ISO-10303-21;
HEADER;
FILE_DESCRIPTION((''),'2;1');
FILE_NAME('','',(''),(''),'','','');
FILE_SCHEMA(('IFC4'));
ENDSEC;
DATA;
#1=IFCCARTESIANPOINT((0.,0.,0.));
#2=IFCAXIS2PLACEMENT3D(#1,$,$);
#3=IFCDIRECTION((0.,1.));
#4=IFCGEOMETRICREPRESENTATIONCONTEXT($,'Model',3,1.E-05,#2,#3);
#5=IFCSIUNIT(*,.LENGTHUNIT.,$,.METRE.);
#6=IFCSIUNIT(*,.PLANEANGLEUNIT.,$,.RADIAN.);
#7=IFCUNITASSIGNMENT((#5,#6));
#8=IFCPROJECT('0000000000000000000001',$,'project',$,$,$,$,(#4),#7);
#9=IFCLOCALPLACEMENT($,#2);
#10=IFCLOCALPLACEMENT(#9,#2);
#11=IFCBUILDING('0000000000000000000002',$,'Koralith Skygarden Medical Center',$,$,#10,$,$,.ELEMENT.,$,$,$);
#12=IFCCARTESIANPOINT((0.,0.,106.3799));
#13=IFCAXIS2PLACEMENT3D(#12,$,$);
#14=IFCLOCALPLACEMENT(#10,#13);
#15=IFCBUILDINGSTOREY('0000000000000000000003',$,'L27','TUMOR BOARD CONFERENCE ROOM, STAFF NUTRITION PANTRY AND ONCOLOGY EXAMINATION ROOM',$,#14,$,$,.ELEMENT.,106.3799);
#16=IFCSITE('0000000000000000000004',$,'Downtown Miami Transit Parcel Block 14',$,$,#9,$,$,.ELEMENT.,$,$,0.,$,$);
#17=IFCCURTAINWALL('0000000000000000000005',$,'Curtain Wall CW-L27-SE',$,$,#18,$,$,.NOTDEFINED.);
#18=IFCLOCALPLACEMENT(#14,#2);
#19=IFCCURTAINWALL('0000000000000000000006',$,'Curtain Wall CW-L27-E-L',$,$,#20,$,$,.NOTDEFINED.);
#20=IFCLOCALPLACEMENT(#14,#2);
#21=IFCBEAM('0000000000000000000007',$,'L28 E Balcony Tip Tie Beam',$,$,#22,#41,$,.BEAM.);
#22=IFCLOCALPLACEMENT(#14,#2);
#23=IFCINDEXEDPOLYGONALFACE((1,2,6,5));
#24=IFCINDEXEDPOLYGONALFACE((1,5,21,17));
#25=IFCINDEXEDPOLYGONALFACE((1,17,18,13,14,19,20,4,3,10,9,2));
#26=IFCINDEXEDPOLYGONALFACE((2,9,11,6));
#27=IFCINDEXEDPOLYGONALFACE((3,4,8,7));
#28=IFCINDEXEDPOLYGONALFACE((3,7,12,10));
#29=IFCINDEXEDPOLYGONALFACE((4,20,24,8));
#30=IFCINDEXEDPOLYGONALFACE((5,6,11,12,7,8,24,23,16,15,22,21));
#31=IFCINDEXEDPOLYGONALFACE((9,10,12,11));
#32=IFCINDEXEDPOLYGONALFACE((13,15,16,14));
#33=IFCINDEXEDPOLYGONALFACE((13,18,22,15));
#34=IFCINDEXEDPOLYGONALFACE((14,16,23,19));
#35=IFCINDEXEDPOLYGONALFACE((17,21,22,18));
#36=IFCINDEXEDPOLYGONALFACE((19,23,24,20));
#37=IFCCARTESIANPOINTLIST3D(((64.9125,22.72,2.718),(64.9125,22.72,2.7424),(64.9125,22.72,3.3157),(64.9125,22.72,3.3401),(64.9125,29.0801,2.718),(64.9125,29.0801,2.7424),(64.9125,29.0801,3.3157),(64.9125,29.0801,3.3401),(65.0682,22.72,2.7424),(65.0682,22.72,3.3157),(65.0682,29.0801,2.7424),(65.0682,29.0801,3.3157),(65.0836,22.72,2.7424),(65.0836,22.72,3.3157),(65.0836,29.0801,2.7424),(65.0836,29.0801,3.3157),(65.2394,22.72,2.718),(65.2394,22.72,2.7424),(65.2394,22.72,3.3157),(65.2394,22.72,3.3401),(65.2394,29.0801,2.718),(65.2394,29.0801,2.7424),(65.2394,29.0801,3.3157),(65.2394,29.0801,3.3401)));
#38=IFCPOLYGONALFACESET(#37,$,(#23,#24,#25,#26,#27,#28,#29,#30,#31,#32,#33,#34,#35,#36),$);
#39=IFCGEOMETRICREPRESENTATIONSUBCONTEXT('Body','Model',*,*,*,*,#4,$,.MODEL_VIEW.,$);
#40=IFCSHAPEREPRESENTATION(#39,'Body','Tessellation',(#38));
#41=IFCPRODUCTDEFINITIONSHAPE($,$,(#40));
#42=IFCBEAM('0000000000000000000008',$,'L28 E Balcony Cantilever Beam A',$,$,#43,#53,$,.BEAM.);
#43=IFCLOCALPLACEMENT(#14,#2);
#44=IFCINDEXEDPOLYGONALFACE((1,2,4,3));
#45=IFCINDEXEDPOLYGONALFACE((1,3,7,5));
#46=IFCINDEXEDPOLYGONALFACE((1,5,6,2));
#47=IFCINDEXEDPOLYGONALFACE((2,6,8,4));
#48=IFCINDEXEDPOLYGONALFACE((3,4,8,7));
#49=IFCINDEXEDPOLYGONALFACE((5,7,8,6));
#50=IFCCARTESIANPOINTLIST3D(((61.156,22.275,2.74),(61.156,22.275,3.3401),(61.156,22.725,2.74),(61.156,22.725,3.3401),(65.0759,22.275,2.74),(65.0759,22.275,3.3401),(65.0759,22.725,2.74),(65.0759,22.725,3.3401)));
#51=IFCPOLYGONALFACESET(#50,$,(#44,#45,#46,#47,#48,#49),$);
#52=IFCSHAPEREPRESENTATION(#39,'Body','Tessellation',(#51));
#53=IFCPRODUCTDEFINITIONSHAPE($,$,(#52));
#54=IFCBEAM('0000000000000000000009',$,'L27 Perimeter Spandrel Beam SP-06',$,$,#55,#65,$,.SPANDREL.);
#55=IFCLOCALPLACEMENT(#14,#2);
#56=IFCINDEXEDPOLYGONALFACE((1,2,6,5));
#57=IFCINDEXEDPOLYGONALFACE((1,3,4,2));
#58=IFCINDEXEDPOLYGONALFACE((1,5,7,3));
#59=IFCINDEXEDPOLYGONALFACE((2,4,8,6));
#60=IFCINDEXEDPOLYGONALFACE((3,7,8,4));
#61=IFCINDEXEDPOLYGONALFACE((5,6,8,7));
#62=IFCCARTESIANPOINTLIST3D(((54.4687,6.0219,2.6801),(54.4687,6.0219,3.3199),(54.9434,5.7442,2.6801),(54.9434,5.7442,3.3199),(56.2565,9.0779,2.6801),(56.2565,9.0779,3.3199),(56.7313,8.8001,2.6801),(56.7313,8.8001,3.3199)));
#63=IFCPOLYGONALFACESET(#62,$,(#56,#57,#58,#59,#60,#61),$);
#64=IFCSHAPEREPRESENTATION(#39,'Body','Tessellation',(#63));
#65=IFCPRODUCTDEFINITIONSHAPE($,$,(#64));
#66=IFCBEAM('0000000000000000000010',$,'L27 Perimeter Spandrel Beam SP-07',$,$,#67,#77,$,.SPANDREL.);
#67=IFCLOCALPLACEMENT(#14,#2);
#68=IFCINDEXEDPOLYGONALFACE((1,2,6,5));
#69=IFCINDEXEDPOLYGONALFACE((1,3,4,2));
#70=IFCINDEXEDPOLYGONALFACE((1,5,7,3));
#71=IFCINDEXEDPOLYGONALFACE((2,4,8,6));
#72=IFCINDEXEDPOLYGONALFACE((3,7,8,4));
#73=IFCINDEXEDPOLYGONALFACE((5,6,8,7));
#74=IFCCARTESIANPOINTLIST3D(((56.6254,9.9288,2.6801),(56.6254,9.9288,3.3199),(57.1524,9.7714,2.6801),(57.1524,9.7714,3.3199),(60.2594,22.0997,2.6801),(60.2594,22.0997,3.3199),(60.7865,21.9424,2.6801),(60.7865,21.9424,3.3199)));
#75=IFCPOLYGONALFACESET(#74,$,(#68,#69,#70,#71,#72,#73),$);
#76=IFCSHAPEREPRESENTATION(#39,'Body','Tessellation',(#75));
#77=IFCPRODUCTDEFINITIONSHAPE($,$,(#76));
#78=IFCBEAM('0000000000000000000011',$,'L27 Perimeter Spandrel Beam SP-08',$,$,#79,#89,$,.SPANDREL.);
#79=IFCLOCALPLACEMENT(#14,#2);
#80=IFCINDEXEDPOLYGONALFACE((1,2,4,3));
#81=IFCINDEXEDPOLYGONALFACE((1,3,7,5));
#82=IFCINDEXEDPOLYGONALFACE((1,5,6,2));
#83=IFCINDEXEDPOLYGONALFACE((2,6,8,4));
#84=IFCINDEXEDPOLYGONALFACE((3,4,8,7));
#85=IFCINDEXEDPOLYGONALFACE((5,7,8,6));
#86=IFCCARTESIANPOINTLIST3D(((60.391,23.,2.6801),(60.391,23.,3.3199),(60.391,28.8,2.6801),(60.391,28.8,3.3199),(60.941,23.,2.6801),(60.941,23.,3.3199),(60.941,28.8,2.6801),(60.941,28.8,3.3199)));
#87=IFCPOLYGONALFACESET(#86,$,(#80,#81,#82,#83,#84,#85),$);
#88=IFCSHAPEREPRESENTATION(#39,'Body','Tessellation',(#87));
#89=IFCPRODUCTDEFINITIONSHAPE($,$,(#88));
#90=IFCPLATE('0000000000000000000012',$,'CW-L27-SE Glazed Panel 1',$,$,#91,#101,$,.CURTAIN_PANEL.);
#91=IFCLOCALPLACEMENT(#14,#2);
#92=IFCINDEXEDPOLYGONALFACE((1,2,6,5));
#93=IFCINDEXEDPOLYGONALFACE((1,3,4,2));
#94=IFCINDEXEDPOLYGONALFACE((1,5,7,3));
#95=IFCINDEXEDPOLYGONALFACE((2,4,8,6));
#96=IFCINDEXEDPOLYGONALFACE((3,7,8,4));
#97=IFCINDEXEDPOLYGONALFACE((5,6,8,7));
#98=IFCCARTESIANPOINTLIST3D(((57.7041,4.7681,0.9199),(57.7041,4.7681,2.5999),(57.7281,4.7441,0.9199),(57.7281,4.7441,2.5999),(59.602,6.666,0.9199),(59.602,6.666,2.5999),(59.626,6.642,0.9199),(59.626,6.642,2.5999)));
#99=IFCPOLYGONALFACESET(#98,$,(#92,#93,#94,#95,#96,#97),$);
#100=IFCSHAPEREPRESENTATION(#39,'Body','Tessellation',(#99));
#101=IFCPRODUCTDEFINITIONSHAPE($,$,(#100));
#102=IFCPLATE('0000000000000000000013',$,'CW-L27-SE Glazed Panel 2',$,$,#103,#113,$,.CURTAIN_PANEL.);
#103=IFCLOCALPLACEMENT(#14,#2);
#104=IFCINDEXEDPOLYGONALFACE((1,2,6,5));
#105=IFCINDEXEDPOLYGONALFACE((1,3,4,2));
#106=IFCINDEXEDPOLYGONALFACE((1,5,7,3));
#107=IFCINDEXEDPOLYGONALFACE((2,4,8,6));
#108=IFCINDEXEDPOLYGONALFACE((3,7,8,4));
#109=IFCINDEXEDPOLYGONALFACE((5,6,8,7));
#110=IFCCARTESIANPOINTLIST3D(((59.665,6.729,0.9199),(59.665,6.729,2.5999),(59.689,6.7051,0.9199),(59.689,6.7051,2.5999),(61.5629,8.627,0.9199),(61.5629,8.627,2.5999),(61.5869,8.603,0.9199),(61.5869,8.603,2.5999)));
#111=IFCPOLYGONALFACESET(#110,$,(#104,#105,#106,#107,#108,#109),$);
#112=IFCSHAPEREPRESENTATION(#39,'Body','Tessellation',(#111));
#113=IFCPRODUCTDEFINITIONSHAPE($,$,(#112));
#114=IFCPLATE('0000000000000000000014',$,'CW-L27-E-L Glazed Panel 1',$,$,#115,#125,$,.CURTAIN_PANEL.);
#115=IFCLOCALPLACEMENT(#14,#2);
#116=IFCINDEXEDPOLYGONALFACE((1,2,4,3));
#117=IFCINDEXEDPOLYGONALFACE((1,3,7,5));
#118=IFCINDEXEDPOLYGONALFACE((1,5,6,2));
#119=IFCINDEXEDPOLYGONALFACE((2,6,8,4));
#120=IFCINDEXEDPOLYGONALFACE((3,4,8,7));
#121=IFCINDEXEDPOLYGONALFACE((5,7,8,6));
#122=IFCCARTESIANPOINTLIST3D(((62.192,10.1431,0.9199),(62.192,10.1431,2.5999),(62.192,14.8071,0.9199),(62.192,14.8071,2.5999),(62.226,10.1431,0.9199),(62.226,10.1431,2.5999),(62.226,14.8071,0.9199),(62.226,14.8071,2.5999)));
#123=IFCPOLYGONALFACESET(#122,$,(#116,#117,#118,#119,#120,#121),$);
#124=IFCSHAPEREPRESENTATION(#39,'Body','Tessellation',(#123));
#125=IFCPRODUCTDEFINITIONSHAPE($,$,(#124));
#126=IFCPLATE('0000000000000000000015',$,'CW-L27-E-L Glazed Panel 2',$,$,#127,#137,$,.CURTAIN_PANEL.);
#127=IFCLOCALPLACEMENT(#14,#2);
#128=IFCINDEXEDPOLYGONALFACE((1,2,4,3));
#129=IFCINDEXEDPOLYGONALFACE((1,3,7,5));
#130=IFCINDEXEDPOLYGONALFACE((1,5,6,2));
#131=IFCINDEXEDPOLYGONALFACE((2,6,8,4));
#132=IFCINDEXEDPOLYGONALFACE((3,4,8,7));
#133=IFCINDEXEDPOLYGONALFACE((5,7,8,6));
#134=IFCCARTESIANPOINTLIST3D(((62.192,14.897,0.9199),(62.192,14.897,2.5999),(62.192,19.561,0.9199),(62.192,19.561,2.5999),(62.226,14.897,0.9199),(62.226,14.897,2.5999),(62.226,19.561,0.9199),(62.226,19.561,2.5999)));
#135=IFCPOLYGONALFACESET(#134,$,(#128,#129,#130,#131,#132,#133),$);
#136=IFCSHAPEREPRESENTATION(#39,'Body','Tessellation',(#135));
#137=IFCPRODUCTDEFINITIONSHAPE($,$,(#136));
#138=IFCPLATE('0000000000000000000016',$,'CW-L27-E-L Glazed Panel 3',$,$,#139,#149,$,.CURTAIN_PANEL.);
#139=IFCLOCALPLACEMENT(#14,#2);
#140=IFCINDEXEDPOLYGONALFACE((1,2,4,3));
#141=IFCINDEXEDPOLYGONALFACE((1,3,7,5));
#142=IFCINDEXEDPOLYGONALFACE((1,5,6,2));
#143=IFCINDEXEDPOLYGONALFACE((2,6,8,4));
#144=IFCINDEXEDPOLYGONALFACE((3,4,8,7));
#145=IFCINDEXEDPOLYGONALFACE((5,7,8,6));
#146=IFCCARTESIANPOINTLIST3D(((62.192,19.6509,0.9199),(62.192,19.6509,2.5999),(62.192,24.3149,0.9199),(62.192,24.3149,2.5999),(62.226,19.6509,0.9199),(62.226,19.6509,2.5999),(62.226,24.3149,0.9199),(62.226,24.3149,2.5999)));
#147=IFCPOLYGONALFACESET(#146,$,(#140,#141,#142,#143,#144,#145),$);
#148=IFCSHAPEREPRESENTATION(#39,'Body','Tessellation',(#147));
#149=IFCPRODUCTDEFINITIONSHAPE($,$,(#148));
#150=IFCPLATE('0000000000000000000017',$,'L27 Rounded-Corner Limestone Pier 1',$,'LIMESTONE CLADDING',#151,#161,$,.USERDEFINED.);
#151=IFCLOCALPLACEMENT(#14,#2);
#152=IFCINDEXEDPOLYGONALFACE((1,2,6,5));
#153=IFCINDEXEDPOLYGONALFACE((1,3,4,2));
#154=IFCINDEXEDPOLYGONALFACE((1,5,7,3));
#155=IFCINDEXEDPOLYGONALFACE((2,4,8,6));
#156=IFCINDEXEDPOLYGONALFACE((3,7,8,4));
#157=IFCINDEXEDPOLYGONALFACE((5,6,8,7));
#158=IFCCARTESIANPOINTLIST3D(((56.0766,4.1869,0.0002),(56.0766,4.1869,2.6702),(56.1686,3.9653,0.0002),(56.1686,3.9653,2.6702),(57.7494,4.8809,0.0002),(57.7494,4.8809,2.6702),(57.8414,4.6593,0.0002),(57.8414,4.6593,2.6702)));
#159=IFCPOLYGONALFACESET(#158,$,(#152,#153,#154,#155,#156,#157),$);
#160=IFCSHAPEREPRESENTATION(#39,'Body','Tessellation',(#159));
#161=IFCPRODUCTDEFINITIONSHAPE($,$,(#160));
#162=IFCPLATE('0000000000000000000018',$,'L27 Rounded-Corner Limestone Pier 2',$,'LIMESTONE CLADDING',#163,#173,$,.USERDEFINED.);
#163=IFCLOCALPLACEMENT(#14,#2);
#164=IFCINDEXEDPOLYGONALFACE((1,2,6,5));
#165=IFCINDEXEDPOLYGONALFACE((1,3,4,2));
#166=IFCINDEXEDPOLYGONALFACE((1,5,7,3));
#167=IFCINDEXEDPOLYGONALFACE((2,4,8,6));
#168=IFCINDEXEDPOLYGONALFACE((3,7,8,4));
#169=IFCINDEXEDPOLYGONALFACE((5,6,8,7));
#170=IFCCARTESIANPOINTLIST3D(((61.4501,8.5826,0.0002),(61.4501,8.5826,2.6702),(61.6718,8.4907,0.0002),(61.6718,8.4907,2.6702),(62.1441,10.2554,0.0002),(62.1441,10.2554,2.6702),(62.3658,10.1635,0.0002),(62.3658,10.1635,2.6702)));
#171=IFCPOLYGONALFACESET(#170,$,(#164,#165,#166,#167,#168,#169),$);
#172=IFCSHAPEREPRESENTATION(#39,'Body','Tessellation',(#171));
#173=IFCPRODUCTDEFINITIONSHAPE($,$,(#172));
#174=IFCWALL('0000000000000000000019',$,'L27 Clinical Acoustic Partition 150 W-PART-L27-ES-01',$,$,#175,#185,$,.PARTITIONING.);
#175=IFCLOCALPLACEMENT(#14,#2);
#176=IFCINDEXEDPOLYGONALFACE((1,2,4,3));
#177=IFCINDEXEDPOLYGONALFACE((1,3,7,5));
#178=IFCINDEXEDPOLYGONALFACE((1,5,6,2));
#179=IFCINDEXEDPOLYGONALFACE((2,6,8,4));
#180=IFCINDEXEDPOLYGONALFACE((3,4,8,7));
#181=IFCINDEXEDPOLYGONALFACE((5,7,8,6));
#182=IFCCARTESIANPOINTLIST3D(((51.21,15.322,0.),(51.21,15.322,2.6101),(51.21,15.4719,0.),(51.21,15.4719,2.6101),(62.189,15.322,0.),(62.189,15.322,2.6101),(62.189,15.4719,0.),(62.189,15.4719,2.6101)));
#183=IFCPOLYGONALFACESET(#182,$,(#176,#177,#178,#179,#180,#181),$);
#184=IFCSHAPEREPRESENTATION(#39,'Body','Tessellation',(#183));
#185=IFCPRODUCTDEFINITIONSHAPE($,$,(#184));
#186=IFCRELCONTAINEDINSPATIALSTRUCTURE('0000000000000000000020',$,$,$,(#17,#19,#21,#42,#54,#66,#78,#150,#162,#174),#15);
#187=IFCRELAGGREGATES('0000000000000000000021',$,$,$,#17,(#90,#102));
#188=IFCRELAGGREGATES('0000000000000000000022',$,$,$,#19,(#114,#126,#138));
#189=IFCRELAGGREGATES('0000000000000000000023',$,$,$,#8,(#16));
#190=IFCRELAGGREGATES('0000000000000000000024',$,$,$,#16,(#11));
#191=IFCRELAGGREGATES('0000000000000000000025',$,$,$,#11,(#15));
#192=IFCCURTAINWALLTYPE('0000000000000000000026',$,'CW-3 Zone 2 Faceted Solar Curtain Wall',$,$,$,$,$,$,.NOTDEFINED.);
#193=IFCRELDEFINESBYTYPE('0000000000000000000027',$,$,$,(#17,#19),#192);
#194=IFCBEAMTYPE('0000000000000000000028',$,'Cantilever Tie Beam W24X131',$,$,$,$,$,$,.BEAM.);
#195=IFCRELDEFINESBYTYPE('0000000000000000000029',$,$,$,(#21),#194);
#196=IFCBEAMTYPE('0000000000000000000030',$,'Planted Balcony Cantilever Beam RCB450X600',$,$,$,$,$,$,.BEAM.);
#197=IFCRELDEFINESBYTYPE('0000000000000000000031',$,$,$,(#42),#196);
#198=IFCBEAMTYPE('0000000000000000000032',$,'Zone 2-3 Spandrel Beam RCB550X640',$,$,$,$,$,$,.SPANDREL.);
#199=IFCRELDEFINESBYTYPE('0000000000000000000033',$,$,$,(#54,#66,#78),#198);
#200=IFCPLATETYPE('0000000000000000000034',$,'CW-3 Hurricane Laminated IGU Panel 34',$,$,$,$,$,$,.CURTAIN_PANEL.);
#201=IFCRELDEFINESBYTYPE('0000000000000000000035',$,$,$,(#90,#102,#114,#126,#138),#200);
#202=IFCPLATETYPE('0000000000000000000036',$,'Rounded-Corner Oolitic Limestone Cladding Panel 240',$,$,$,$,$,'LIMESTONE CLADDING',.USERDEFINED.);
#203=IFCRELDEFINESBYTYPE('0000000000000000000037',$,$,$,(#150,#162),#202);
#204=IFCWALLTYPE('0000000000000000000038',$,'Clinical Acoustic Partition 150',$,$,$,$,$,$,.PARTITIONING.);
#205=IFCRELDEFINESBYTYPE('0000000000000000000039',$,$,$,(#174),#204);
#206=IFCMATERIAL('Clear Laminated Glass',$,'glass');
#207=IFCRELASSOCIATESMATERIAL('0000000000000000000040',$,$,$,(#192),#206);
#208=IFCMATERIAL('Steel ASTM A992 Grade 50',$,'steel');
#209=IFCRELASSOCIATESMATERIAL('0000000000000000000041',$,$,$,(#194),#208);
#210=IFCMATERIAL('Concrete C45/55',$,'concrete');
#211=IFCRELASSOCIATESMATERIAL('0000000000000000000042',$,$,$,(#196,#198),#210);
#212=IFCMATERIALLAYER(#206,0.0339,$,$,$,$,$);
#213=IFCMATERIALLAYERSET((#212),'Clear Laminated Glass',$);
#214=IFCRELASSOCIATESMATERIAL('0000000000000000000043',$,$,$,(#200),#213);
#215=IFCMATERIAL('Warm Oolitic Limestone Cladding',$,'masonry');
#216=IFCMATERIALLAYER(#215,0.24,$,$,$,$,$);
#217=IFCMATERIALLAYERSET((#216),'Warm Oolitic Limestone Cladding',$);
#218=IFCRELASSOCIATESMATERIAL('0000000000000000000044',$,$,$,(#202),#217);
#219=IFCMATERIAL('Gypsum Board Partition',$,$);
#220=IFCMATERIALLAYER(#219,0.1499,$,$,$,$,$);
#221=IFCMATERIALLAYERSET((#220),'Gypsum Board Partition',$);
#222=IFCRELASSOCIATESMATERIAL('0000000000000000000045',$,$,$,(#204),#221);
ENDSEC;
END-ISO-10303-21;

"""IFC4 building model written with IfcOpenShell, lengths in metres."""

from ifc_helpers import new_model, si_unit, direction, frame, frame_2d, origin, origin_2d, place, context, subcontext, project, spatial, rectangle, i_section, extrude, material, layer, layer_set, material_profile, profile_set, type_object, element, aggregate, save


model = new_model("IFC4")

# Units and contexts
model_context = context("Model", 3, precision=1e-05, world=origin(), true_north=direction((0.0, 1.0)))
body_context = subcontext(model_context, "Body", "Model", "MODEL_VIEW")
ifc_project = project(units=[si_unit("LENGTHUNIT", "METRE"), si_unit("PLANEANGLEUNIT", "RADIAN")], contexts=[model_context])

# Site, building, storey
site_placement = place(None, origin())
site = spatial("IfcSite", under=ifc_project, at=site_placement, Name="Downtown Miami Transit Parcel Block 14", CompositionType="ELEMENT", RefElevation=0.0)
building_placement = place(site_placement, origin())
building = spatial("IfcBuilding", under=site, at=building_placement, Name="Koralith Skygarden Medical Center", CompositionType="ELEMENT")
storey_placement = place(building_placement, frame((0.0, 0.0, 106.3799)))
storey = spatial("IfcBuildingStorey", under=building, at=storey_placement, Name="L27", Description="TUMOR BOARD CONFERENCE ROOM, STAFF NUTRITION PANTRY AND ONCOLOGY EXAMINATION ROOM", CompositionType="ELEMENT", Elevation=106.3799)

# Shared definitions
ifc_material_1 = material(Name="Clear Laminated Glass", Category="glass")
curtain_wall_type = type_object("IfcCurtainWallType", Name="CW-3 Zone 2 Faceted Solar Curtain Wall", PredefinedType="NOTDEFINED", material=ifc_material_1)

# Curtain walls
curtain_wall_1_placement = place(storey_placement, origin())
curtain_wall_1 = element("IfcCurtainWall", 1, at=curtain_wall_1_placement, inside=storey, type_object=curtain_wall_type, Name="Curtain Wall CW-L27-SE", PredefinedType="NOTDEFINED")
curtain_wall_2_placement = place(storey_placement, origin())
curtain_wall_2 = element("IfcCurtainWall", 2, at=curtain_wall_2_placement, inside=storey, type_object=curtain_wall_type, Name="Curtain Wall CW-L27-E-L", PredefinedType="NOTDEFINED")

# Beams
ifc_material_2 = material(Name="Steel ASTM A992 Grade 50", Category="steel")
ifc_material_profile_1 = material_profile(ifc_material_2, i_section(OverallWidth=0.3269, OverallDepth=0.6221, WebThickness=0.0154, FlangeThickness=0.0244, at=origin_2d()), Name="W24X131")
ifc_profile_set_1 = profile_set([ifc_material_profile_1], Name="Steel ASTM A992 Grade 50")
beam_type_1 = type_object("IfcBeamType", Name="Cantilever Tie Beam W24X131", PredefinedType="BEAM", material=ifc_profile_set_1)
beam_1_placement = place(storey_placement, frame((65.0759, 22.72, 3.0291), z_axis=(0.0, 1.0, 0.0), x_axis=(-1.0, 0.0, 0.0)))
element("IfcBeam", 3, at=beam_1_placement, inside=storey, type_object=beam_type_1, Name="L28 E Balcony Tip Tie Beam", PredefinedType="BEAM", context=body_context, shape_type="SweptSolid", body=[
    extrude(i_section(OverallWidth=0.3269, OverallDepth=0.6221, WebThickness=0.0154, FlangeThickness=0.0244, at=origin_2d()), origin(), (0.0, 0.0, 1.0), 6.3601),
])
ifc_material_3 = material(Name="Concrete C45/55", Category="concrete")
ifc_material_profile_2 = material_profile(ifc_material_3, rectangle(XDim=0.45, YDim=0.6001, at=origin_2d()), Name="RCB450X600")
ifc_profile_set_2 = profile_set([ifc_material_profile_2], Name="Concrete C45/55")
beam_type_2 = type_object("IfcBeamType", Name="Planted Balcony Cantilever Beam RCB450X600", PredefinedType="BEAM", material=ifc_profile_set_2)
beam_2_placement = place(storey_placement, frame((61.156, 22.5, 3.04), z_axis=(1.0, 0.0, 0.0), x_axis=(0.0, 1.0, 0.0)))
element("IfcBeam", 4, at=beam_2_placement, inside=storey, type_object=beam_type_2, Name="L28 E Balcony Cantilever Beam A", PredefinedType="BEAM", context=body_context, shape_type="SweptSolid", body=[
    extrude(rectangle(XDim=0.45, YDim=0.6001, at=origin_2d()), origin(), (0.0, 0.0, 1.0), 3.9199),
])
ifc_material_profile_3 = material_profile(ifc_material_3, rectangle(XDim=0.55, YDim=0.6399, at=origin_2d()), Name="RCB550X640")
ifc_profile_set_3 = profile_set([ifc_material_profile_3], Name="Concrete C45/55")
beam_type_3 = type_object("IfcBeamType", Name="Zone 2-3 Spandrel Beam RCB550X640", PredefinedType="SPANDREL", material=ifc_profile_set_3)
beam_3_placement = place(storey_placement, frame((54.7061, 5.8831, 3.0), z_axis=(0.504972, 0.863135, 0.0), x_axis=(-0.863135, 0.504972, 0.0)))
element("IfcBeam", 5, at=beam_3_placement, inside=storey, type_object=beam_type_3, Name="L27 Perimeter Spandrel Beam SP-06", PredefinedType="SPANDREL", context=body_context, shape_type="SweptSolid", body=[
    extrude(rectangle(XDim=0.55, YDim=0.6399, at=origin_2d()), origin(), (0.0, 0.0, 1.0), 3.5405),
])
beam_4_placement = place(storey_placement, frame((56.8889, 9.8501, 3.0), z_axis=(0.286103, 0.958199, 0.0), x_axis=(-0.958199, 0.286103, 0.0)))
element("IfcBeam", 6, at=beam_4_placement, inside=storey, type_object=beam_type_3, Name="L27 Perimeter Spandrel Beam SP-07", PredefinedType="SPANDREL", context=body_context, shape_type="SweptSolid", body=[
    extrude(rectangle(XDim=0.55, YDim=0.6399, at=origin_2d()), origin(), (0.0, 0.0, 1.0), 12.7019),
])
beam_5_placement = place(storey_placement, frame((60.666, 23.0, 3.0), z_axis=(0.0, 1.0, 0.0), x_axis=(-1.0, 0.0, 0.0)))
element("IfcBeam", 7, at=beam_5_placement, inside=storey, type_object=beam_type_3, Name="L27 Perimeter Spandrel Beam SP-08", PredefinedType="SPANDREL", context=body_context, shape_type="SweptSolid", body=[
    extrude(rectangle(XDim=0.55, YDim=0.6399, at=origin_2d()), origin(), (0.0, 0.0, 1.0), 5.8),
])

# Plates
ifc_layer_1 = layer(ifc_material_1, 0.0339)
ifc_layer_set_1 = layer_set([ifc_layer_1], Name="Clear Laminated Glass")
plate_type_1 = type_object("IfcPlateType", Name="CW-3 Hurricane Laminated IGU Panel 34", PredefinedType="CURTAIN_PANEL", material=ifc_layer_set_1)
plate_1_placement = place(storey_placement, frame((58.665, 5.7051, 0.9199), z_axis=(0.0, 0.0, 1.0), x_axis=(0.707107, 0.707107, 0.0)))
plate_1 = element("IfcPlate", 8, at=plate_1_placement, type_object=plate_type_1, Name="CW-L27-SE Glazed Panel 1", PredefinedType="CURTAIN_PANEL", context=body_context, shape_type="SweptSolid", body=[
    extrude(rectangle(XDim=2.6841, YDim=0.0339, at=origin_2d()), origin(), (0.0, 0.0, 1.0), 1.6799),
])
plate_2_placement = place(storey_placement, frame((60.626, 7.666, 0.9199), z_axis=(0.0, 0.0, 1.0), x_axis=(0.707107, 0.707107, 0.0)))
plate_2 = element("IfcPlate", 9, at=plate_2_placement, type_object=plate_type_1, Name="CW-L27-SE Glazed Panel 2", PredefinedType="CURTAIN_PANEL", context=body_context, shape_type="SweptSolid", body=[
    extrude(rectangle(XDim=2.6841, YDim=0.0339, at=origin_2d()), origin(), (0.0, 0.0, 1.0), 1.6799),
])
aggregate(curtain_wall_1, [plate_1, plate_2])
plate_3_placement = place(storey_placement, frame((62.209, 12.4751, 0.9199), z_axis=(0.0, 0.0, 1.0), x_axis=(0.0, 1.0, 0.0)))
plate_3 = element("IfcPlate", 10, at=plate_3_placement, type_object=plate_type_1, Name="CW-L27-E-L Glazed Panel 1", PredefinedType="CURTAIN_PANEL", context=body_context, shape_type="SweptSolid", body=[
    extrude(rectangle(XDim=4.6641, YDim=0.0339, at=origin_2d()), origin(), (0.0, 0.0, 1.0), 1.6799),
])
plate_4_placement = place(storey_placement, frame((62.209, 17.229, 0.9199), z_axis=(0.0, 0.0, 1.0), x_axis=(0.0, 1.0, 0.0)))
plate_4 = element("IfcPlate", 11, at=plate_4_placement, type_object=plate_type_1, Name="CW-L27-E-L Glazed Panel 2", PredefinedType="CURTAIN_PANEL", context=body_context, shape_type="SweptSolid", body=[
    extrude(rectangle(XDim=4.6641, YDim=0.0339, at=origin_2d()), origin(), (0.0, 0.0, 1.0), 1.6799),
])
plate_5_placement = place(storey_placement, frame((62.209, 21.9829, 0.9199), z_axis=(0.0, 0.0, 1.0), x_axis=(0.0, 1.0, 0.0)))
plate_5 = element("IfcPlate", 12, at=plate_5_placement, type_object=plate_type_1, Name="CW-L27-E-L Glazed Panel 3", PredefinedType="CURTAIN_PANEL", context=body_context, shape_type="SweptSolid", body=[
    extrude(rectangle(XDim=4.6641, YDim=0.0339, at=origin_2d()), origin(), (0.0, 0.0, 1.0), 1.6799),
])
aggregate(curtain_wall_2, [plate_3, plate_4, plate_5])

# Plates
ifc_material_4 = material(Name="Warm Oolitic Limestone Cladding", Category="masonry")
ifc_layer_2 = layer(ifc_material_4, 0.24)
ifc_layer_set_2 = layer_set([ifc_layer_2], Name="Warm Oolitic Limestone Cladding")
plate_type_2 = type_object("IfcPlateType", Name="Rounded-Corner Oolitic Limestone Cladding Panel 240", ElementType="LIMESTONE CLADDING", PredefinedType="USERDEFINED", material=ifc_layer_set_2)
for number, where, z_axis, x_axis, name in (
    (13, (56.959, 4.4231, 0.0002), (0.0, 0.0, 1.0), (0.92366, 0.383214, 0.0), "L27 Rounded-Corner Limestone Pier 1"),
    (14, (61.908, 9.373, 0.0002), (0.0, 0.0, 1.0), (0.383214, 0.92366, 0.0), "L27 Rounded-Corner Limestone Pier 2"),
):
    element("IfcPlate", number, at=place(storey_placement, frame(where, z_axis=z_axis, x_axis=x_axis)), inside=storey, type_object=plate_type_2, Name=name, ObjectType="LIMESTONE CLADDING", PredefinedType="USERDEFINED", context=body_context, shape_type="SweptSolid", body=[
        extrude(rectangle(XDim=1.811, YDim=0.24, at=origin_2d()), origin(), (0.0, 0.0, 1.0), 2.6699),
    ])

# Wall
ifc_material_5 = material(Name="Gypsum Board Partition")
ifc_layer_3 = layer(ifc_material_5, 0.1499)
ifc_layer_set_3 = layer_set([ifc_layer_3], Name="Gypsum Board Partition")
wall_type_1 = type_object("IfcWallType", Name="Clinical Acoustic Partition 150", PredefinedType="PARTITIONING", material=ifc_layer_set_3)
wall_1_placement = place(storey_placement, frame((51.21, 15.397, 0.0), z_axis=(0.0, 0.0, 1.0), x_axis=(1.0, 0.0, 0.0)))
element("IfcWall", 15, at=wall_1_placement, inside=storey, type_object=wall_type_1, Name="L27 Clinical Acoustic Partition 150 W-PART-L27-ES-01", PredefinedType="PARTITIONING", context=body_context, shape_type="SweptSolid", body=[
    extrude(rectangle(XDim=10.979, YDim=0.1499, at=frame_2d((5.4895, 0.0))), origin(), (0.0, 0.0, 1.0), 2.6101),
])

save(model, "model.ifc")
